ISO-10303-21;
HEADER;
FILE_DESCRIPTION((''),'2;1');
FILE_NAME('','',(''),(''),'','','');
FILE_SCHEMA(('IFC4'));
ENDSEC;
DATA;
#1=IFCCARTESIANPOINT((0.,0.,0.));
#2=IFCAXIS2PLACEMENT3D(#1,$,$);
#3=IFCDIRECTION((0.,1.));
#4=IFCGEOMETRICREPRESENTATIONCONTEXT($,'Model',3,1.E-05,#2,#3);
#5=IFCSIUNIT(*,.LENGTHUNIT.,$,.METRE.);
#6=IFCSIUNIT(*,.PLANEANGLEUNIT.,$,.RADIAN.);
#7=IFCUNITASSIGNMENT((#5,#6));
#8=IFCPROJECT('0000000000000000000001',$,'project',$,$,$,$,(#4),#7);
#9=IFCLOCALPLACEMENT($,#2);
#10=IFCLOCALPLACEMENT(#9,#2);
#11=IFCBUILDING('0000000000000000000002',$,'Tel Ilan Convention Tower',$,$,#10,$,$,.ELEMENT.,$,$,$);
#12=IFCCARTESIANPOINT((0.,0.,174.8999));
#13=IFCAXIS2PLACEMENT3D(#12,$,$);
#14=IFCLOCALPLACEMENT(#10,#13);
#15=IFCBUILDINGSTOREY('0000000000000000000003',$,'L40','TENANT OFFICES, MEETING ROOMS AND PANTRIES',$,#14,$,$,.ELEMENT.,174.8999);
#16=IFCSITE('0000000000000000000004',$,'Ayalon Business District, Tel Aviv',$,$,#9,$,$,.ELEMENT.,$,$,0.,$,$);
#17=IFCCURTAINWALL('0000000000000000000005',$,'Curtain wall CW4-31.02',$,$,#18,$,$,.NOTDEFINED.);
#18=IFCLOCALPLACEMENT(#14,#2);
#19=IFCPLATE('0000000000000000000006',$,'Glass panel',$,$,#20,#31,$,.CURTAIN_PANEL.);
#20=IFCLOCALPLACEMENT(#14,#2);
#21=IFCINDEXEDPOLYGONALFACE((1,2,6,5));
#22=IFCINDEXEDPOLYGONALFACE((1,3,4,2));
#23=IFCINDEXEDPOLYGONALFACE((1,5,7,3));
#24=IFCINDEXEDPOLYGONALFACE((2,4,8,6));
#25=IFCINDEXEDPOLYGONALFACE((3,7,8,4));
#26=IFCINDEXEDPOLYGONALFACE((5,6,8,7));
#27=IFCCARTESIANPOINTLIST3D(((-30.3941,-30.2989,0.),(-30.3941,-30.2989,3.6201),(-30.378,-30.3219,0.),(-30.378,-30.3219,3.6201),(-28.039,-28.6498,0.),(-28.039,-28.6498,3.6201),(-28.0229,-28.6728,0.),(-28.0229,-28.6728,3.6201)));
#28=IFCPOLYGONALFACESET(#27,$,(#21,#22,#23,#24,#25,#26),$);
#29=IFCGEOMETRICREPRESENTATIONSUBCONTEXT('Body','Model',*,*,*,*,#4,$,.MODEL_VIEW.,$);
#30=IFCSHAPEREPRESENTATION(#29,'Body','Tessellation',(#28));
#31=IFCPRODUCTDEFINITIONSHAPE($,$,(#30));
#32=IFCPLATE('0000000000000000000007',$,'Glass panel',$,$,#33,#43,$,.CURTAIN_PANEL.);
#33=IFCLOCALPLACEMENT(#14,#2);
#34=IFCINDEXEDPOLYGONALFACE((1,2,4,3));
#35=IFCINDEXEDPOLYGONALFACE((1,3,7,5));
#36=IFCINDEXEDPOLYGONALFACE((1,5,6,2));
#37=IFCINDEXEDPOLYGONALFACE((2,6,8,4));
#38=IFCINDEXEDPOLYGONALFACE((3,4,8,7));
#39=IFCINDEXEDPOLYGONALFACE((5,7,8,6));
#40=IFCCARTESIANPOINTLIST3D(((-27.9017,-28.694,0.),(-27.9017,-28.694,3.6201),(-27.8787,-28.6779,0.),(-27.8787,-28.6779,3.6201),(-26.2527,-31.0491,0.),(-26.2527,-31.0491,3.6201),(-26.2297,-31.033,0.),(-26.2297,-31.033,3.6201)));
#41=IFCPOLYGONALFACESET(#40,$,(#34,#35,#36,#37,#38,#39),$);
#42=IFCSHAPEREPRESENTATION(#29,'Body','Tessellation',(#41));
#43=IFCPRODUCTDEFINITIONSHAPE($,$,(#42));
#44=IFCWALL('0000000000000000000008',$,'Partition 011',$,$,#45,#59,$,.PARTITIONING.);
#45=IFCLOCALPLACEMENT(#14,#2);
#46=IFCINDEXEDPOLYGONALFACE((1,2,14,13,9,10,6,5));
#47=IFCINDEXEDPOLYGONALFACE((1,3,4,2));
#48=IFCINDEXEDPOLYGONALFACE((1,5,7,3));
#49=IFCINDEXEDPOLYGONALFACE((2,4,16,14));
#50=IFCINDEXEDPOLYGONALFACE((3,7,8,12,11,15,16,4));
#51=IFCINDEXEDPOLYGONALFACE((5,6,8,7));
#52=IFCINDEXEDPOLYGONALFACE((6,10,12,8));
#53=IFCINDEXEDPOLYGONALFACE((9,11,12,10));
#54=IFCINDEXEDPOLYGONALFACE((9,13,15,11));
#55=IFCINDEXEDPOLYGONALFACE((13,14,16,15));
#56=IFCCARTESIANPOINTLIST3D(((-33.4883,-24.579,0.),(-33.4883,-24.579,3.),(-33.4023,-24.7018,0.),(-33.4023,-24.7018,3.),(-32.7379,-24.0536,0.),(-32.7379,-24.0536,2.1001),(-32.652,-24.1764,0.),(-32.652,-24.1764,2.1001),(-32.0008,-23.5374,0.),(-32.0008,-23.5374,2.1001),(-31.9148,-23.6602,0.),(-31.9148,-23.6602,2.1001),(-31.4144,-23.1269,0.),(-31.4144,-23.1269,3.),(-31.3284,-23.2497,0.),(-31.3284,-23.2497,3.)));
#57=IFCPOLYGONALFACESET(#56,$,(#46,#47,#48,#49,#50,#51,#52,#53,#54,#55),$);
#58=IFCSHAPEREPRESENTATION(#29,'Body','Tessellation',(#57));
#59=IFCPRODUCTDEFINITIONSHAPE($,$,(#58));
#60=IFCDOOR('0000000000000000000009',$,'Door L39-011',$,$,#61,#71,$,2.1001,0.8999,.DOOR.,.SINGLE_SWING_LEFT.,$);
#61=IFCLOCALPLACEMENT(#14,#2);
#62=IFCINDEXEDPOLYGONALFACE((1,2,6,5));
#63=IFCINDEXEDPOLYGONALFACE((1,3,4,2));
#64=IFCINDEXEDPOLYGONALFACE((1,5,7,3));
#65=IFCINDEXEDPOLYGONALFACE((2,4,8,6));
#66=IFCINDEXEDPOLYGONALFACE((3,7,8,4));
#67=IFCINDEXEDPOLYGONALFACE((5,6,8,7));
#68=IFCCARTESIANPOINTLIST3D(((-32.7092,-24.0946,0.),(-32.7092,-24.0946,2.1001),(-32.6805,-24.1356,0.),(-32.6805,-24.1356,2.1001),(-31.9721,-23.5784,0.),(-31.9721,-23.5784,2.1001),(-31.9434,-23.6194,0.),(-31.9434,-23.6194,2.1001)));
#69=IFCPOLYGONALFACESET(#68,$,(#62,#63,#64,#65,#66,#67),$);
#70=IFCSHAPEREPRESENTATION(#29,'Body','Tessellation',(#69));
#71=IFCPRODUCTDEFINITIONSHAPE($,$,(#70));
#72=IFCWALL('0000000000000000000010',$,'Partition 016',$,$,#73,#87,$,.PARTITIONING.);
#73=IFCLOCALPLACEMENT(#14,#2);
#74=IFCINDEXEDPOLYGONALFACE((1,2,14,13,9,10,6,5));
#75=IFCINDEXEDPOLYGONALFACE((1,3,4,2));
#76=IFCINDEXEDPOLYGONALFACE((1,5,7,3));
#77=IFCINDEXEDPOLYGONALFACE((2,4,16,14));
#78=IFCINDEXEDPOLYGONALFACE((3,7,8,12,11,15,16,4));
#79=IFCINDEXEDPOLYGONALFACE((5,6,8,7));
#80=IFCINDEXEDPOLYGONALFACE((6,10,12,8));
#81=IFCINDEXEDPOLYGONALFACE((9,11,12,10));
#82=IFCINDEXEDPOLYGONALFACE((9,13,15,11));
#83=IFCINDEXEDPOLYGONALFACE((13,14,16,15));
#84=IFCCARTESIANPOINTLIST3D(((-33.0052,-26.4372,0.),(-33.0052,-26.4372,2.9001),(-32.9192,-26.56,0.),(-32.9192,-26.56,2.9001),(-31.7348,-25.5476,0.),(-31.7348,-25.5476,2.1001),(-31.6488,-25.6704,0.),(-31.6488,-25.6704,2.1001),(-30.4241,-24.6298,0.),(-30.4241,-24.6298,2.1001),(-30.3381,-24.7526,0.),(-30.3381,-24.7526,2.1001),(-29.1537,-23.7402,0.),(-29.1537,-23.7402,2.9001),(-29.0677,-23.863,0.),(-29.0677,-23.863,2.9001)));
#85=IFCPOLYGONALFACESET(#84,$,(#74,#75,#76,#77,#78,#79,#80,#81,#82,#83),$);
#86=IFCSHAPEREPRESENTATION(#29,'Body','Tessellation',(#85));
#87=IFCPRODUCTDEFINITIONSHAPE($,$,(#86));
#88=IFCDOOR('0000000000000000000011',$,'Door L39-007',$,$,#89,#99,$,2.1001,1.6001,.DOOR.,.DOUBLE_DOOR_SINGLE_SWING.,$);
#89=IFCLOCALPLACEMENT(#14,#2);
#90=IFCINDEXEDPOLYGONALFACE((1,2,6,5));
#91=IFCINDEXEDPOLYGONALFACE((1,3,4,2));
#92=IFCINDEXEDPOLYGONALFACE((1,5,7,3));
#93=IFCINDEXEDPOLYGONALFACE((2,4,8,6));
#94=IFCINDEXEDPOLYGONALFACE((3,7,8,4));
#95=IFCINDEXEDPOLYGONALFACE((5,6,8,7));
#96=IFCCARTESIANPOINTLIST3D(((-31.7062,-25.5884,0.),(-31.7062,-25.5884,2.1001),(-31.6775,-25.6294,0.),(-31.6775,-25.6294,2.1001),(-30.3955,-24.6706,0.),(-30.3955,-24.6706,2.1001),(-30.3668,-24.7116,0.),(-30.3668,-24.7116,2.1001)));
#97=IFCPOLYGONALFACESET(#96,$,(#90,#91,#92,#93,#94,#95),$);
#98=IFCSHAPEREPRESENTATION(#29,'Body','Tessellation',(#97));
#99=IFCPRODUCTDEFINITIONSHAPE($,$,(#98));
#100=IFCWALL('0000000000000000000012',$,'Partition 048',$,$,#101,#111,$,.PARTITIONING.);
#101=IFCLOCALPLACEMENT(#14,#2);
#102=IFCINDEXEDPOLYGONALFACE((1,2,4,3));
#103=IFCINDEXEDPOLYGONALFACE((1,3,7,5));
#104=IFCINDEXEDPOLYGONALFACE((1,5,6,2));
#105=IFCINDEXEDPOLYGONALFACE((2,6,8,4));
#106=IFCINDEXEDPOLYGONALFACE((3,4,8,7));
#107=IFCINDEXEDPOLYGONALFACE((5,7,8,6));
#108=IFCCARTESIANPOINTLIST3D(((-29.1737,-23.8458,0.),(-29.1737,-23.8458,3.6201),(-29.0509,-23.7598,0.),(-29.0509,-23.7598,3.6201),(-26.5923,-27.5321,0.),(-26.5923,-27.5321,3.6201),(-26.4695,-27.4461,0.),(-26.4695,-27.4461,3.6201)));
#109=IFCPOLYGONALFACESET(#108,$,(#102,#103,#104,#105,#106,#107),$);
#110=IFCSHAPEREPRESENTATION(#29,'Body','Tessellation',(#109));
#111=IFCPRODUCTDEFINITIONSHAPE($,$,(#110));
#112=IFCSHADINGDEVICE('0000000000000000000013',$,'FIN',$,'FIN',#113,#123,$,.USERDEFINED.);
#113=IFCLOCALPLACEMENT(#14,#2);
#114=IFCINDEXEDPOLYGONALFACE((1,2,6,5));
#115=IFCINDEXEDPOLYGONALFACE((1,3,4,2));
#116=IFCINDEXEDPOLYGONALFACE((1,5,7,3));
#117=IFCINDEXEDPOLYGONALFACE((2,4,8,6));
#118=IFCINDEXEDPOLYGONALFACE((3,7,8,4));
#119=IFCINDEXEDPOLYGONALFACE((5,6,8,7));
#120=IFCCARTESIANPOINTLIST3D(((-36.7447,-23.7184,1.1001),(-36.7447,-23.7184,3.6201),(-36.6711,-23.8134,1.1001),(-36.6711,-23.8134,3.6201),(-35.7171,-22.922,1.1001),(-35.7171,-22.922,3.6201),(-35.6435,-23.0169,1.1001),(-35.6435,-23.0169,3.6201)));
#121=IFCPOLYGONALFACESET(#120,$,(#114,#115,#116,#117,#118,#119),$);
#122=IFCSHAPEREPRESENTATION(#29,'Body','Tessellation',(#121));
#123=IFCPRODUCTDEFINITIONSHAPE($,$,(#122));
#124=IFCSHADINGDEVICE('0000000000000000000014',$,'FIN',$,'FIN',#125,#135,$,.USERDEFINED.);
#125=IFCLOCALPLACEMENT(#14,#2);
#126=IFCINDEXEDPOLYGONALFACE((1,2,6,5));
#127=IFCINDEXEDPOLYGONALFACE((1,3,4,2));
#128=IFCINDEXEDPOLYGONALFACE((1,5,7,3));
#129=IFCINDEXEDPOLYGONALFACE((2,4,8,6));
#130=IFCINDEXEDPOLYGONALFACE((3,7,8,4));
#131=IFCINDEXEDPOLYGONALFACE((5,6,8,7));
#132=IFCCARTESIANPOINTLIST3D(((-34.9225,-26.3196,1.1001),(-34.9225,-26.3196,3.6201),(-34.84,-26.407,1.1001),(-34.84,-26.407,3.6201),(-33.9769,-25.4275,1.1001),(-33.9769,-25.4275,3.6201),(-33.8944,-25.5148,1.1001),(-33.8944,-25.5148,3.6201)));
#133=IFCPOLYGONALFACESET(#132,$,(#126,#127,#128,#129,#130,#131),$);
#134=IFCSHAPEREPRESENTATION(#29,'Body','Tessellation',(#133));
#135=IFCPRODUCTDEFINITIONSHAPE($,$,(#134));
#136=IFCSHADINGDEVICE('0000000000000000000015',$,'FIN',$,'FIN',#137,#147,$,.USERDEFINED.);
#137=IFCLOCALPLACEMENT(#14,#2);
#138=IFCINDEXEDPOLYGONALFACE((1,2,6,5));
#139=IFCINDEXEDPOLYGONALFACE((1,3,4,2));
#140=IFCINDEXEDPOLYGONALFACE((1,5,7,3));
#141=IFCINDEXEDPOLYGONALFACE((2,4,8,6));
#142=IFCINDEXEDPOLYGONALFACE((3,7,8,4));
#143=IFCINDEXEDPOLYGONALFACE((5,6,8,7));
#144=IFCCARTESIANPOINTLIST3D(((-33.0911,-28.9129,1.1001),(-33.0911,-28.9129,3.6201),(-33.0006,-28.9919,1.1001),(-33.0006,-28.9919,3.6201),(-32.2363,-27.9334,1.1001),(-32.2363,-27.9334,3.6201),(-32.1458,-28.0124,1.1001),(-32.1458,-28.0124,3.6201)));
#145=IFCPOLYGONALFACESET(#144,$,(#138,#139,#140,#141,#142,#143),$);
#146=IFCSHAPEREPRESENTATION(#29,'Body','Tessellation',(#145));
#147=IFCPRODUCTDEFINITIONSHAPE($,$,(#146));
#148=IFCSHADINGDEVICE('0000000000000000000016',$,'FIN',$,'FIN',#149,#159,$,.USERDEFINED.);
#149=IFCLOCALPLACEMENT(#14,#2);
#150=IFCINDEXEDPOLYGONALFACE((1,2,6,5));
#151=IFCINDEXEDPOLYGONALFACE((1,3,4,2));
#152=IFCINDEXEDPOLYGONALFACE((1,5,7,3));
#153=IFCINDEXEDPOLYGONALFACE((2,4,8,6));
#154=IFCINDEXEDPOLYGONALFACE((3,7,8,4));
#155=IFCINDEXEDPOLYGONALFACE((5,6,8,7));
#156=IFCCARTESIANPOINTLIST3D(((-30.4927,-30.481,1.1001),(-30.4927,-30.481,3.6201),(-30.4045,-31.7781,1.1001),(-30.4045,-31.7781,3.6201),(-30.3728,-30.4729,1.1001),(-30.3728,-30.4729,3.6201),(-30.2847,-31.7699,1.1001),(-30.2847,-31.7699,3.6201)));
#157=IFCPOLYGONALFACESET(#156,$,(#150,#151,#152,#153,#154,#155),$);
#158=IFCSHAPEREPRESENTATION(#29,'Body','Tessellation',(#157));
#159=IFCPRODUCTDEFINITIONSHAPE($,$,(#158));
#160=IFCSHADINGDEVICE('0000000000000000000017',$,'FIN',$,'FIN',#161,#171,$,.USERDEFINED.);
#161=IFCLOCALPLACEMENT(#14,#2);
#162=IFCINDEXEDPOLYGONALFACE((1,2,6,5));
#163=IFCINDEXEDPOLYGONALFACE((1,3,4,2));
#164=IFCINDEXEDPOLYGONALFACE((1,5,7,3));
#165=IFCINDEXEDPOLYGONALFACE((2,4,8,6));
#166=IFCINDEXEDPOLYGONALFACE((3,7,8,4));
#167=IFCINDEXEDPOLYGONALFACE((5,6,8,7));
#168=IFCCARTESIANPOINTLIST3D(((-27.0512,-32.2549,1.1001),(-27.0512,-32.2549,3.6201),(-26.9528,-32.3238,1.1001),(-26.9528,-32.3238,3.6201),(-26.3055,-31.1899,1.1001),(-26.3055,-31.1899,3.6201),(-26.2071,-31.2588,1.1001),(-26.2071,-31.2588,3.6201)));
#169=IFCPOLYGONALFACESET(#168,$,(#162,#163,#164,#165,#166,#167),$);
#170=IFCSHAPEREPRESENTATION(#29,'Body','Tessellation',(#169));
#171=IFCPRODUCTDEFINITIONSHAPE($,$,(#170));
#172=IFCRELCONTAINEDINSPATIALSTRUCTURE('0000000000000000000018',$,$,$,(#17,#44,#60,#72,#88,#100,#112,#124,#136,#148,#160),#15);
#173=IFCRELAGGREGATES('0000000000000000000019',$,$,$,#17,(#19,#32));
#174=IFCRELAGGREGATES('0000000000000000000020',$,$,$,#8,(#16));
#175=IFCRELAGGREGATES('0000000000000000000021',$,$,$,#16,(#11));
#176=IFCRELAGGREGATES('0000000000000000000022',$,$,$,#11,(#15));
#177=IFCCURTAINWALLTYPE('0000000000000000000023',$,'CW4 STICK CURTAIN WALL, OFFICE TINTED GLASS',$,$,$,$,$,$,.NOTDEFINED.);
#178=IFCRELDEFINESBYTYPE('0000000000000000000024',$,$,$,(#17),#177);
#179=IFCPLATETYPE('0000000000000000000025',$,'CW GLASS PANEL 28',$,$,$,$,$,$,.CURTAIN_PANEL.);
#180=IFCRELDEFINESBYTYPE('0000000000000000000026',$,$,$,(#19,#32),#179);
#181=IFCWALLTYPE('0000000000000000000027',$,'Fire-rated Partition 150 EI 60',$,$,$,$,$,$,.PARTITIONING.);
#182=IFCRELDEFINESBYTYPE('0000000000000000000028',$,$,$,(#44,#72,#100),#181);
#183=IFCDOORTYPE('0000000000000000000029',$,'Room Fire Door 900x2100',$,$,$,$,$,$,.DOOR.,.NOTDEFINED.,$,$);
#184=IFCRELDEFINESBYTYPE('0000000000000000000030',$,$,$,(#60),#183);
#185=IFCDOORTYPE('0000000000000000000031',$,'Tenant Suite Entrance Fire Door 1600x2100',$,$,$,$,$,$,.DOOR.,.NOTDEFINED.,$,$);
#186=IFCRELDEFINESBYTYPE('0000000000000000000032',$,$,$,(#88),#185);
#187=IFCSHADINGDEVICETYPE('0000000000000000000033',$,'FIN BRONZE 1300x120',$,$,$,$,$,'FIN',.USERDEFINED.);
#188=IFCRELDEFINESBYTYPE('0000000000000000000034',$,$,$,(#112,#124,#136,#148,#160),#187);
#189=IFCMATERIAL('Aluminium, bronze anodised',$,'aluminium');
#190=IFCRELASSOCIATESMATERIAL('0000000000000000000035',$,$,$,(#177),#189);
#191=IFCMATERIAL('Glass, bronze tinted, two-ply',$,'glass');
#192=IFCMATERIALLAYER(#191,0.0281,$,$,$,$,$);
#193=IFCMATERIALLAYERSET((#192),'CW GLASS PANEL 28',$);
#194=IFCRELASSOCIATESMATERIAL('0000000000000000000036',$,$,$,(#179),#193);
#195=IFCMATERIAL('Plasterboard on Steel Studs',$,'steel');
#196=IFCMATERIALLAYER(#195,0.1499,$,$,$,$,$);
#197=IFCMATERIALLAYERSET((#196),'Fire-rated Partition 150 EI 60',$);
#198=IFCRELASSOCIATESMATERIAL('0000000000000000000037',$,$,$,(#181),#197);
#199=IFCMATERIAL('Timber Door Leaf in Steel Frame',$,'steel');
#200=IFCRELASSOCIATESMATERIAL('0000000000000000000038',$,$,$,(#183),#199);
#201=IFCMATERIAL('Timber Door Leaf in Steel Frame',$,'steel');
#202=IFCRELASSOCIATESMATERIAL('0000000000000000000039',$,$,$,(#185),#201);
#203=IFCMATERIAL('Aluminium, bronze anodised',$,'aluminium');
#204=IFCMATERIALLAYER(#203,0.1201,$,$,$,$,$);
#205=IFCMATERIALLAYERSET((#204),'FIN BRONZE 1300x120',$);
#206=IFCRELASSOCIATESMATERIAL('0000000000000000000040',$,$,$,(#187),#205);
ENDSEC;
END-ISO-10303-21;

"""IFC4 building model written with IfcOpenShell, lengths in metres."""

from ifc_helpers import new_model, si_unit, direction, frame, frame_2d, origin, origin_2d, place, context, subcontext, project, spatial, rectangle, extrude, material, layer, layer_set, type_object, element, fill, aggregate, save


model = new_model("IFC4")

# Units and contexts
model_context = context("Model", 3, precision=1e-05, world=origin(), true_north=direction((0.0, 1.0)))
body_context = subcontext(model_context, "Body", "Model", "MODEL_VIEW")
ifc_project = project(units=[si_unit("LENGTHUNIT", "METRE"), si_unit("PLANEANGLEUNIT", "RADIAN")], contexts=[model_context])

# Site, building, storey
site_placement = place(None, origin())
site = spatial("IfcSite", under=ifc_project, at=site_placement, Name="Ayalon Business District, Tel Aviv", CompositionType="ELEMENT", RefElevation=0.0)
building_placement = place(site_placement, origin())
building = spatial("IfcBuilding", under=site, at=building_placement, Name="Tel Ilan Convention Tower", CompositionType="ELEMENT")
storey_placement = place(building_placement, frame((0.0, 0.0, 174.8999)))
storey = spatial("IfcBuildingStorey", under=building, at=storey_placement, Name="L40", Description="TENANT OFFICES, MEETING ROOMS AND PANTRIES", CompositionType="ELEMENT", Elevation=174.8999)

# Curtain wall, plates
ifc_material_1 = material(Name="Aluminium, bronze anodised", Category="aluminium")
curtain_wall_type = type_object("IfcCurtainWallType", Name="CW4 STICK CURTAIN WALL, OFFICE TINTED GLASS", PredefinedType="NOTDEFINED", material=ifc_material_1)
curtain_wall_placement = place(storey_placement, origin())
curtain_wall = element("IfcCurtainWall", 1, at=curtain_wall_placement, inside=storey, type_object=curtain_wall_type, Name="Curtain wall CW4-31.02", PredefinedType="NOTDEFINED")
ifc_material_2 = material(Name="Glass, bronze tinted, two-ply", Category="glass")
ifc_layer_1 = layer(ifc_material_2, 0.0281)
ifc_layer_set_1 = layer_set([ifc_layer_1], Name="CW GLASS PANEL 28")
plate_type = type_object("IfcPlateType", Name="CW GLASS PANEL 28", PredefinedType="CURTAIN_PANEL", material=ifc_layer_set_1)
plate_1_placement = place(storey_placement, frame((-29.2085, -29.4858, 0.0), z_axis=(0.0, 0.0, 1.0), x_axis=(0.819152, 0.573576, 0.0)))
plate_1 = element("IfcPlate", 2, at=plate_1_placement, type_object=plate_type, Name="Glass panel", PredefinedType="CURTAIN_PANEL", context=body_context, shape_type="SweptSolid", body=[
    extrude(rectangle(XDim=2.875, YDim=0.0281, at=origin_2d()), origin(), (0.0, 0.0, 1.0), 3.6201),
])
plate_2_placement = place(storey_placement, frame((-27.0657, -29.8635, 0.0), z_axis=(0.0, 0.0, 1.0), x_axis=(0.573576, -0.819152, 0.0)))
plate_2 = element("IfcPlate", 3, at=plate_2_placement, type_object=plate_type, Name="Glass panel", PredefinedType="CURTAIN_PANEL", context=body_context, shape_type="SweptSolid", body=[
    extrude(rectangle(XDim=2.875, YDim=0.0281, at=origin_2d()), origin(), (0.0, 0.0, 1.0), 3.6201),
])
aggregate(curtain_wall, [plate_1, plate_2])

# Walls, openings, doors
ifc_material_3 = material(Name="Plasterboard on Steel Studs", Category="steel")
ifc_layer_2 = layer(ifc_material_3, 0.1499)
ifc_layer_set_2 = layer_set([ifc_layer_2], Name="Fire-rated Partition 150 EI 60")
wall_type = type_object("IfcWallType", Name="Fire-rated Partition 150 EI 60", PredefinedType="PARTITIONING", material=ifc_layer_set_2)
wall_1_placement = place(storey_placement, frame((-33.4453, -24.6404, 0.0), z_axis=(0.0, 0.0, 1.0), x_axis=(0.819164, 0.573559, 0.0)))
wall_1 = element("IfcWall", 4, at=wall_1_placement, inside=storey, type_object=wall_type, Name="Partition 011", PredefinedType="PARTITIONING", context=body_context, shape_type="SweptSolid", body=[
    extrude(rectangle(XDim=2.5317, YDim=0.1499, at=frame_2d((1.2659, 0.0))), origin(), (0.0, 0.0, 1.0), 3.0),
])
opening_1_placement = place(wall_1_placement, frame((0.916, 0.0, 0.0)))
opening_1 = element("IfcOpeningElement", 5, at=opening_1_placement, cuts=wall_1, PredefinedType="OPENING", context=body_context, shape_type="SweptSolid", body=[
    extrude(rectangle(XDim=0.8999, YDim=2.1001, at=frame_2d((0.45, 1.05))), frame((0.0, 0.085, 0.0), z_axis=(0.0, -1.0, 0.0), x_axis=(1.0, 0.0, 0.0)), (0.0, 0.0, 1.0), 0.1699),
])
ifc_material_4 = material(Name="Timber Door Leaf in Steel Frame", Category="steel")
door_type_1 = type_object("IfcDoorType", Name="Room Fire Door 900x2100", OperationType="NOTDEFINED", PredefinedType="DOOR", material=ifc_material_4)
door_1_placement = place(opening_1_placement, origin())
door_1 = element("IfcDoor", 6, at=door_1_placement, inside=storey, type_object=door_type_1, Name="Door L39-011", OperationType="SINGLE_SWING_LEFT", OverallHeight=2.1001, OverallWidth=0.8999, PredefinedType="DOOR", context=body_context, shape_type="SweptSolid", body=[
    extrude(rectangle(XDim=0.8999, YDim=2.1001, at=frame_2d((0.45, 1.05))), frame((0.0, 0.0249, 0.0), z_axis=(0.0, -1.0, 0.0), x_axis=(1.0, 0.0, 0.0)), (0.0, 0.0, 1.0), 0.05),
])
fill(opening_1, door_1)
wall_2_placement = place(storey_placement, frame((-29.1106, -23.8015, 0.0), z_axis=(0.0, 0.0, 1.0), x_axis=(-0.819139, -0.573595, 0.0)))
wall_2 = element("IfcWall", 7, at=wall_2_placement, inside=storey, type_object=wall_type, Name="Partition 016", PredefinedType="PARTITIONING", context=body_context, shape_type="SweptSolid", body=[
    extrude(rectangle(XDim=4.7019, YDim=0.1499, at=frame_2d((2.3511, 0.0))), origin(), (0.0, 0.0, 1.0), 2.9001),
])
opening_2_placement = place(wall_2_placement, frame((1.551, 0.0, 0.0)))
opening_2 = element("IfcOpeningElement", 8, at=opening_2_placement, cuts=wall_2, PredefinedType="OPENING", context=body_context, shape_type="SweptSolid", body=[
    extrude(rectangle(XDim=1.6001, YDim=2.1001, at=frame_2d((0.8, 1.05))), frame((0.0, 0.085, 0.0), z_axis=(0.0, -1.0, 0.0), x_axis=(1.0, 0.0, 0.0)), (0.0, 0.0, 1.0), 0.1699),
])
ifc_material_5 = material(Name="Timber Door Leaf in Steel Frame", Category="steel")
door_type_2 = type_object("IfcDoorType", Name="Tenant Suite Entrance Fire Door 1600x2100", OperationType="NOTDEFINED", PredefinedType="DOOR", material=ifc_material_5)
door_2_placement = place(opening_2_placement, origin())
door_2 = element("IfcDoor", 9, at=door_2_placement, inside=storey, type_object=door_type_2, Name="Door L39-007", OperationType="DOUBLE_DOOR_SINGLE_SWING", OverallHeight=2.1001, OverallWidth=1.6001, PredefinedType="DOOR", context=body_context, shape_type="SweptSolid", body=[
    extrude(rectangle(XDim=1.6001, YDim=2.1001, at=frame_2d((0.8, 1.05))), frame((0.0, 0.0249, 0.0), z_axis=(0.0, -1.0, 0.0), x_axis=(1.0, 0.0, 0.0)), (0.0, 0.0, 1.0), 0.05),
])
fill(opening_2, door_2)

# Wall
wall_3_placement = place(storey_placement, frame((-26.531, -27.489, 0.0), z_axis=(0.0, 0.0, 1.0), x_axis=(-0.573597, 0.819138, 0.0)))
element("IfcWall", 10, at=wall_3_placement, inside=storey, type_object=wall_type, Name="Partition 048", PredefinedType="PARTITIONING", context=body_context, shape_type="SweptSolid", body=[
    extrude(rectangle(XDim=4.5002, YDim=0.1499, at=frame_2d((2.25, 0.0))), origin(), (0.0, 0.0, 1.0), 3.6201),
])

# Shading devices
ifc_material_6 = material(Name="Aluminium, bronze anodised", Category="aluminium")
ifc_layer_3 = layer(ifc_material_6, 0.1201)
ifc_layer_set_3 = layer_set([ifc_layer_3], Name="FIN BRONZE 1300x120")
shading_device_type = type_object("IfcShadingDeviceType", Name="FIN BRONZE 1300x120", ElementType="FIN", PredefinedType="USERDEFINED", material=ifc_layer_set_3)
for number, where, z_axis, x_axis, name in (
    (11, (-36.1941, -23.3677, 1.1001), (0.0, 0.0, 1.0), (-0.790393, -0.612601, 0.0), "FIN"),
    (12, (-34.4084, -25.9172, 1.1001), (0.0, 0.0, 1.0), (-0.727374, -0.686242, 0.0), "FIN"),
    (13, (-32.6184, -28.4626, 1.1001), (0.0, 0.0, 1.0), (-0.657521, -0.753436, 0.0), "FIN"),
    (14, (-30.3887, -31.1255, 1.1001), (0.0, 0.0, 1.0), (0.067822, -0.997697, 0.0), "FIN"),
    (15, (-26.6292, -31.7568, 1.1001), (0.0, 0.0, 1.0), (-0.573576, -0.819152, 0.0), "FIN"),
):
    element("IfcShadingDevice", number, at=place(storey_placement, frame(where, z_axis=z_axis, x_axis=x_axis)), inside=storey, type_object=shading_device_type, Name=name, ObjectType="FIN", PredefinedType="USERDEFINED", context=body_context, shape_type="SweptSolid", body=[
        extrude(rectangle(XDim=1.3, YDim=0.1201, at=origin_2d()), origin(), (0.0, 0.0, 1.0), 2.52),
    ])

save(model, "model.ifc")
